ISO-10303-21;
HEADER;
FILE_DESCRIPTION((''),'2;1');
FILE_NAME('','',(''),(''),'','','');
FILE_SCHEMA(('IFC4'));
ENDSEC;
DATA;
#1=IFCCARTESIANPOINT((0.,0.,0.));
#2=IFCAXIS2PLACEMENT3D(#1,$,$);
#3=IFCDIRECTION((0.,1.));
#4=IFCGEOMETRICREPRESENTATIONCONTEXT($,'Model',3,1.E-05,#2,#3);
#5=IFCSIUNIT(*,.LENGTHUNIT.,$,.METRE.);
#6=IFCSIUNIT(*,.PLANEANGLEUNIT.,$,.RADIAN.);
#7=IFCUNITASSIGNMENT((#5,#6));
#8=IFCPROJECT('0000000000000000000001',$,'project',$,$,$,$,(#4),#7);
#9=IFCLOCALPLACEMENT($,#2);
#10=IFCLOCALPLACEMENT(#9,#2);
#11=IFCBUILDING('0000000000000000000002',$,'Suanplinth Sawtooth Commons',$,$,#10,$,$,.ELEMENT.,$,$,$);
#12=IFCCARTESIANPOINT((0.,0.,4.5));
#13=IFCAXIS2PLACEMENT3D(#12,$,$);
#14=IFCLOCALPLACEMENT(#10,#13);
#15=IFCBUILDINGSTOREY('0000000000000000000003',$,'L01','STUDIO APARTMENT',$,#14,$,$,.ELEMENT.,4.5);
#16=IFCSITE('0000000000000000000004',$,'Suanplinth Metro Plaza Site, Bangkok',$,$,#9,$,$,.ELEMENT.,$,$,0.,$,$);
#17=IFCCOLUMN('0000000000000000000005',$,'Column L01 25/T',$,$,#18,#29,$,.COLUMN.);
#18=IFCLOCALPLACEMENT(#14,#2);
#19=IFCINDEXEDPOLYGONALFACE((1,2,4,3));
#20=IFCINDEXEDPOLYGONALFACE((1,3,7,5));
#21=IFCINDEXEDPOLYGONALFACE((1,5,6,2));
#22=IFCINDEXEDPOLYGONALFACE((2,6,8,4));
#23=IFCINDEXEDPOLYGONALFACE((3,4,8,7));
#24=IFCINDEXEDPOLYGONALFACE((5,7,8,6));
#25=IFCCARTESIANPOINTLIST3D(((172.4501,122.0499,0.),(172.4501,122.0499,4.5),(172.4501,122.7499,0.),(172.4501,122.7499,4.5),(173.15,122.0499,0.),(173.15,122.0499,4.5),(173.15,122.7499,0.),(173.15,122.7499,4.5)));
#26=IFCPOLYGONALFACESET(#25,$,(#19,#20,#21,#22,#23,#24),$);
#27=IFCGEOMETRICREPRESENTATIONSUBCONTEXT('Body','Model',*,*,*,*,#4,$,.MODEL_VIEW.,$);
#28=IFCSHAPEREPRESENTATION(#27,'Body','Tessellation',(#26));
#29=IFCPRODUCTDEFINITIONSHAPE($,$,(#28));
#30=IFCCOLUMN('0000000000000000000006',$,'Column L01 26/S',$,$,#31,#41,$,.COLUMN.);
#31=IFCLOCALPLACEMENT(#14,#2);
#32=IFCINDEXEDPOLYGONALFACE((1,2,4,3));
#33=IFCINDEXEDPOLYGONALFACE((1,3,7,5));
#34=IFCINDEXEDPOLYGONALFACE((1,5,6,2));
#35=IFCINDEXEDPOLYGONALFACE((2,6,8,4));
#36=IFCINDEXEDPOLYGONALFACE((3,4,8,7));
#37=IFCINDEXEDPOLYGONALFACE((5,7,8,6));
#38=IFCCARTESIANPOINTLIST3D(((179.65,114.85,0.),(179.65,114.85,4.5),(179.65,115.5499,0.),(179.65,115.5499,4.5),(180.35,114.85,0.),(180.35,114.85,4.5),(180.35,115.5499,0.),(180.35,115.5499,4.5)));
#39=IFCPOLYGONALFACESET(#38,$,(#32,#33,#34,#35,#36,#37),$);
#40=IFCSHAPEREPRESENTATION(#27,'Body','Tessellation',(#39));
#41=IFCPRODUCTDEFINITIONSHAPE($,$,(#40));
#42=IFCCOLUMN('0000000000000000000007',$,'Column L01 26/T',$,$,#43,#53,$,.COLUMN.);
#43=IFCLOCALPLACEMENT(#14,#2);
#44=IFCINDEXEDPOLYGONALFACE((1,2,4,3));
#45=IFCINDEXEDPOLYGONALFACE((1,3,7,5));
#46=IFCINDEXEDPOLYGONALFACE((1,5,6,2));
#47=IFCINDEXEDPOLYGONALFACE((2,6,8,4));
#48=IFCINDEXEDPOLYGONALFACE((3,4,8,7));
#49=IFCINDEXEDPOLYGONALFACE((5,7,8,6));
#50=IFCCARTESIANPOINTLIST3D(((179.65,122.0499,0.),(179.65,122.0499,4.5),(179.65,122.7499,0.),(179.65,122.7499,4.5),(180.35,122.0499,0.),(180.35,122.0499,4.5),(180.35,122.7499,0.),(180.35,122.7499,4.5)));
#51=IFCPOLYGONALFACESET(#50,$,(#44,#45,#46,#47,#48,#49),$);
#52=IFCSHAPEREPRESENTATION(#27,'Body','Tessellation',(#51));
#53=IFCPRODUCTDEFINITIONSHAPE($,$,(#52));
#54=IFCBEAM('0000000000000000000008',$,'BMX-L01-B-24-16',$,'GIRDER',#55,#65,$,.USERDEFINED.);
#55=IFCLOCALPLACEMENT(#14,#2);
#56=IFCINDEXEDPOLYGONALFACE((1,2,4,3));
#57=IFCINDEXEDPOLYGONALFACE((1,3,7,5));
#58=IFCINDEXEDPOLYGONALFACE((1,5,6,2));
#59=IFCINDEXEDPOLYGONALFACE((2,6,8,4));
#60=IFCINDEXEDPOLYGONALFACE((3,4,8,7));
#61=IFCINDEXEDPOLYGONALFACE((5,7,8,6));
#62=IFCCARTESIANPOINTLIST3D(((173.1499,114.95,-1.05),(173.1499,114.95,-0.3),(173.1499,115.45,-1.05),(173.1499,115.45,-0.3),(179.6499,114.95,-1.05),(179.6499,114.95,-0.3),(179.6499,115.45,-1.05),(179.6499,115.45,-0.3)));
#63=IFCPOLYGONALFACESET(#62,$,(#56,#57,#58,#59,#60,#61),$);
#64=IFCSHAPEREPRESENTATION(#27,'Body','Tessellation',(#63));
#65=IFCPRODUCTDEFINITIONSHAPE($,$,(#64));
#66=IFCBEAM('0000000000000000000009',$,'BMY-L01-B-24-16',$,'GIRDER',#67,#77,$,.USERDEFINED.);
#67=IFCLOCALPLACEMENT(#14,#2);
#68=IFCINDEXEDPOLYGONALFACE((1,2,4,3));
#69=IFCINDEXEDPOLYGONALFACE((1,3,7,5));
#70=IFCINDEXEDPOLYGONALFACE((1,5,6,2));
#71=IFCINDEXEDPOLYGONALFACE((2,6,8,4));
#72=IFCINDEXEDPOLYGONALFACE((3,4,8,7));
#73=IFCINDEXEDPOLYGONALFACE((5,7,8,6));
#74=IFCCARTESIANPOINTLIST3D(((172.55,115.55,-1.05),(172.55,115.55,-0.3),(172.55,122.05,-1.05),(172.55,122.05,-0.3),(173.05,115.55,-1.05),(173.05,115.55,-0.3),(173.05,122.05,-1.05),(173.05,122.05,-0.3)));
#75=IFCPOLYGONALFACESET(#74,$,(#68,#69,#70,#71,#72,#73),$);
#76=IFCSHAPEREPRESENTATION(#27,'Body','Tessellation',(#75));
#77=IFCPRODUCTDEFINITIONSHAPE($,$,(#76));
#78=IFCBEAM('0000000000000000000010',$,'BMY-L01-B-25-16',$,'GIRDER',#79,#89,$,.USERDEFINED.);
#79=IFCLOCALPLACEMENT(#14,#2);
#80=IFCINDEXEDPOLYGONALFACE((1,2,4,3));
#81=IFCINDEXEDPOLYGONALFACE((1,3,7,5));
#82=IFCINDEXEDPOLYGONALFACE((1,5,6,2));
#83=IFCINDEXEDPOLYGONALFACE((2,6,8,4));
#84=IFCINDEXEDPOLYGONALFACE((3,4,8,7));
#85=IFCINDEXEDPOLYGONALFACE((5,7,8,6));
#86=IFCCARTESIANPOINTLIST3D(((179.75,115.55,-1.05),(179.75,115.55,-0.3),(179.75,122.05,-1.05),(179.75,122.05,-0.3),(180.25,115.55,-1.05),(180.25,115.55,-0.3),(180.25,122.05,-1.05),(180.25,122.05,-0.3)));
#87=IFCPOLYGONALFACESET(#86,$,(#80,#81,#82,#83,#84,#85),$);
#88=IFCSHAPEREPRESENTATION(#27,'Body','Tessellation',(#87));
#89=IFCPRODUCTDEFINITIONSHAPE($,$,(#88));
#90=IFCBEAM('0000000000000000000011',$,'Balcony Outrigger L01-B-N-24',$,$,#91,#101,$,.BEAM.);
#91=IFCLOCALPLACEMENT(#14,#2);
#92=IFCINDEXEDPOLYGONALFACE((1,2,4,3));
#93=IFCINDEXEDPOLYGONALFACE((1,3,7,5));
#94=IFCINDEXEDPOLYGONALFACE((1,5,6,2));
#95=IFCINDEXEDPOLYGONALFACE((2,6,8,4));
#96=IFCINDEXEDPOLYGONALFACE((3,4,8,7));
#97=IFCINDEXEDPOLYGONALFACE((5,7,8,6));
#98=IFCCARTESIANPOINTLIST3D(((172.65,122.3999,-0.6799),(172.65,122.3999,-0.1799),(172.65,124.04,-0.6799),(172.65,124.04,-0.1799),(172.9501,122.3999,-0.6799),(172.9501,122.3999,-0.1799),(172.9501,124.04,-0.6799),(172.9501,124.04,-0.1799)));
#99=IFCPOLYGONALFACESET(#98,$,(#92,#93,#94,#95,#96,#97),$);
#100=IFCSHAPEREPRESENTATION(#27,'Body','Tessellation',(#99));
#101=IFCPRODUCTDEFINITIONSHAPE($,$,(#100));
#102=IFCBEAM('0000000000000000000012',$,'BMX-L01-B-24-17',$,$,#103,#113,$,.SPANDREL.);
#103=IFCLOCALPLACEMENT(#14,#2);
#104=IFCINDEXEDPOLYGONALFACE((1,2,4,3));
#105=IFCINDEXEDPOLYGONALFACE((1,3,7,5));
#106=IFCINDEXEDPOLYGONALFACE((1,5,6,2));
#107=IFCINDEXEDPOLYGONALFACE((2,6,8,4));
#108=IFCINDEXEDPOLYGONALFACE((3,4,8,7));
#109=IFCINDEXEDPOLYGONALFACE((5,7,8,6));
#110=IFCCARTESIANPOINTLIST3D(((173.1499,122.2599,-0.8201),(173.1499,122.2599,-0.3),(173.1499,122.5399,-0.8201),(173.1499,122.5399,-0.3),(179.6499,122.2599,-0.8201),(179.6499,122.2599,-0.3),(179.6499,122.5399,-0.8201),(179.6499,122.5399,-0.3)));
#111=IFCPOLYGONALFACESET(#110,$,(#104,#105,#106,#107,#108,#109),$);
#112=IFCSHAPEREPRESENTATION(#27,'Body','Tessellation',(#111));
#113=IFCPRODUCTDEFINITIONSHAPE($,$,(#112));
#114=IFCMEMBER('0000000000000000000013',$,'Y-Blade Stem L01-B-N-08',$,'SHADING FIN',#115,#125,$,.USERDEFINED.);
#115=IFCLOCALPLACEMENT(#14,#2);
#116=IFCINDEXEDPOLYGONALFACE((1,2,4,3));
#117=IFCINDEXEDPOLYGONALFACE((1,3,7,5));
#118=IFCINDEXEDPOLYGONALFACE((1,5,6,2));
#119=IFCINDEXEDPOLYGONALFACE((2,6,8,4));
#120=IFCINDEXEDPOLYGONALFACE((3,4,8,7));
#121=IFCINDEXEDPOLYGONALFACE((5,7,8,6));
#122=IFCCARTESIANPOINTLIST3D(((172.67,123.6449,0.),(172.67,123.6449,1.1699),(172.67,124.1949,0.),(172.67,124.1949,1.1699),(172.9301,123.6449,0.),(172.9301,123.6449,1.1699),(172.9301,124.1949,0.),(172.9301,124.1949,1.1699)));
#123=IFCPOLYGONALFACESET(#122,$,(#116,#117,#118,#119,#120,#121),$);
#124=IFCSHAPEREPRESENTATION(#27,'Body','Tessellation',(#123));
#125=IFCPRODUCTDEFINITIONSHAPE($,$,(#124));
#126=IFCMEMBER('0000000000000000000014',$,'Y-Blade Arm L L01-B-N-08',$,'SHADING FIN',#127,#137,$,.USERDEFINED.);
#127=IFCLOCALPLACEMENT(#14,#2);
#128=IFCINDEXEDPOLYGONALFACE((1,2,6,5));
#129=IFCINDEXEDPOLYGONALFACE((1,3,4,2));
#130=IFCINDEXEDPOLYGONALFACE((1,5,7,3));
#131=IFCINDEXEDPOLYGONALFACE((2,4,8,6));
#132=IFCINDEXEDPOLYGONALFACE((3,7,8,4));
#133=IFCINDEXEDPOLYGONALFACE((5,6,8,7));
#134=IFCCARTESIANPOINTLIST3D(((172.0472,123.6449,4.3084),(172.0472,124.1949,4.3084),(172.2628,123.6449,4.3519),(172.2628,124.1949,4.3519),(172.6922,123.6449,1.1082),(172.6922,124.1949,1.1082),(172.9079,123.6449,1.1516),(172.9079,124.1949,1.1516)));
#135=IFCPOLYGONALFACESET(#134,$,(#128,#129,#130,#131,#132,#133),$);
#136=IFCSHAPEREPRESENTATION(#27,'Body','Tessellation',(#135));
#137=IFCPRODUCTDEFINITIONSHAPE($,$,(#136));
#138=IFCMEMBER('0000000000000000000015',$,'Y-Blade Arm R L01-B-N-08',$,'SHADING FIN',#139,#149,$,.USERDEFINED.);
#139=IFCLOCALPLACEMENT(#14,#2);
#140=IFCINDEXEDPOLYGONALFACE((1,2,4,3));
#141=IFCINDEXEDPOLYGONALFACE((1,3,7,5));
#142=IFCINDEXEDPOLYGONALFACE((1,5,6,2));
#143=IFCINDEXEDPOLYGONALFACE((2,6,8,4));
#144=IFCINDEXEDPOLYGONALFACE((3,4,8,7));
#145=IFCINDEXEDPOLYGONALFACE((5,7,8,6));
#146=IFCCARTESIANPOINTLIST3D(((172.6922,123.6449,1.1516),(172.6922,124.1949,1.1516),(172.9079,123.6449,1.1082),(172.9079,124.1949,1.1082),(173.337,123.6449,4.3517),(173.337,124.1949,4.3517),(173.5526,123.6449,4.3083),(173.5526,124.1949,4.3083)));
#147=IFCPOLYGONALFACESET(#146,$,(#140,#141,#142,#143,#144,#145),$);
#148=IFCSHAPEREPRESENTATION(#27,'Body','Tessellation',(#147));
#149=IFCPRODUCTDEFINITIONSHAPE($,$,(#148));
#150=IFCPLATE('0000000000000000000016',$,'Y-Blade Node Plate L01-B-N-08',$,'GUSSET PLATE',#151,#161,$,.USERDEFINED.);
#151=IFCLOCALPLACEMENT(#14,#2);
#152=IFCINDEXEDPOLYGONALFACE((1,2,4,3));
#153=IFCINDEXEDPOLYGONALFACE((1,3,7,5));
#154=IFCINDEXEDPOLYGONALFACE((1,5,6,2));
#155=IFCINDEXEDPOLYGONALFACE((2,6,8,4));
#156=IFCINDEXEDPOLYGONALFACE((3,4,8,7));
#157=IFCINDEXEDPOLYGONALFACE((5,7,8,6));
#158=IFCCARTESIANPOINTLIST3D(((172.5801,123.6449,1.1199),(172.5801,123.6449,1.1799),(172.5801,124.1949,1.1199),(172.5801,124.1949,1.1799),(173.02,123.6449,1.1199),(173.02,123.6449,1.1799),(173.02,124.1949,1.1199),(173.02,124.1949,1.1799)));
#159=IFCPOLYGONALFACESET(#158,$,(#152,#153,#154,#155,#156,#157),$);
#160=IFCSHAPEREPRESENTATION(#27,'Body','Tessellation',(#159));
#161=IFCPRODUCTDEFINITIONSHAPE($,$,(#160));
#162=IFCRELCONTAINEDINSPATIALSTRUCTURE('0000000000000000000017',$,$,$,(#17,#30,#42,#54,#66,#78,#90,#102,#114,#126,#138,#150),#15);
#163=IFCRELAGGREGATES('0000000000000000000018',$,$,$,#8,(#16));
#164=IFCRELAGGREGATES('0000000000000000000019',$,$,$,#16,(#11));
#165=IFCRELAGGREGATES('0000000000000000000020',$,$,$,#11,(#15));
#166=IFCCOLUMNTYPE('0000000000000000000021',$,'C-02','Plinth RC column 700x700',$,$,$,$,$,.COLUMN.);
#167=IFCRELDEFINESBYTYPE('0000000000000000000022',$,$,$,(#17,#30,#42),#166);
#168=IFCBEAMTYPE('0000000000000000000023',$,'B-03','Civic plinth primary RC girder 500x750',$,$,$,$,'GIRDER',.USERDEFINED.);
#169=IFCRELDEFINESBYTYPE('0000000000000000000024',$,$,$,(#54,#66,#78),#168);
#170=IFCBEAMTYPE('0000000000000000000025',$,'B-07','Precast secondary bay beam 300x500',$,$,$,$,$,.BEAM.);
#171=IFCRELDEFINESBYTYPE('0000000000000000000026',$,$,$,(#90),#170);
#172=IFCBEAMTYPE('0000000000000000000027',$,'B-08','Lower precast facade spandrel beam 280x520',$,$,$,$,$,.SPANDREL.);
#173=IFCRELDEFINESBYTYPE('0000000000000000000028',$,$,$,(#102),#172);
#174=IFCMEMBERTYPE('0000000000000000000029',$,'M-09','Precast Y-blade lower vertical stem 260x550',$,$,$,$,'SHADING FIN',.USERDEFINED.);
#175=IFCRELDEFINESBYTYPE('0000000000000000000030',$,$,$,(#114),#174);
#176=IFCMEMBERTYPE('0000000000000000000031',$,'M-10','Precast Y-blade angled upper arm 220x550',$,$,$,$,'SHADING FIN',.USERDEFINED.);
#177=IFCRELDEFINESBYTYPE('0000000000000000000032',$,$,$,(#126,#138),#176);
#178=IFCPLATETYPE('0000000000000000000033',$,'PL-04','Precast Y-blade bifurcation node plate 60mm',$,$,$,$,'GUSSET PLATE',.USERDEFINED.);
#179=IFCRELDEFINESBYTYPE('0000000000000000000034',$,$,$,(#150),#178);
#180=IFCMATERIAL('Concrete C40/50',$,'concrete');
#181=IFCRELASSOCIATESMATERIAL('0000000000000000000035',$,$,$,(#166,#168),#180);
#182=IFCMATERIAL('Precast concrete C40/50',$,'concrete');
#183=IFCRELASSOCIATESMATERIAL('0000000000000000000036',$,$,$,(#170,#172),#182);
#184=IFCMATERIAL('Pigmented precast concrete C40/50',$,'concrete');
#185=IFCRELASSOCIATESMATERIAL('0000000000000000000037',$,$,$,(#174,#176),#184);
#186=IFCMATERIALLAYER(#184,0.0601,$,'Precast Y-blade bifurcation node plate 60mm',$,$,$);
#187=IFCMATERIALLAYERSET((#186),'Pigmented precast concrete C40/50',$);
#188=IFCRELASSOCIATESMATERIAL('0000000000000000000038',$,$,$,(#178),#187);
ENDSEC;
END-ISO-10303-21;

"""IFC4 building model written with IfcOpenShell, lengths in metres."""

from ifc_helpers import new_model, si_unit, direction, frame, origin, origin_2d, place, context, subcontext, project, spatial, rectangle, extrude, material, layer, layer_set, material_profile, profile_set, type_object, element, save


model = new_model("IFC4")

# Units and contexts
model_context = context("Model", 3, precision=1e-05, world=origin(), true_north=direction((0.0, 1.0)))
body_context = subcontext(model_context, "Body", "Model", "MODEL_VIEW")
ifc_project = project(units=[si_unit("LENGTHUNIT", "METRE"), si_unit("PLANEANGLEUNIT", "RADIAN")], contexts=[model_context])

# Site, building, storey
site_placement = place(None, origin())
site = spatial("IfcSite", under=ifc_project, at=site_placement, Name="Suanplinth Metro Plaza Site, Bangkok", CompositionType="ELEMENT", RefElevation=0.0)
building_placement = place(site_placement, origin())
building = spatial("IfcBuilding", under=site, at=building_placement, Name="Suanplinth Sawtooth Commons", CompositionType="ELEMENT")
storey_placement = place(building_placement, frame((0.0, 0.0, 4.5)))
storey = spatial("IfcBuildingStorey", under=building, at=storey_placement, Name="L01", Description="STUDIO APARTMENT", CompositionType="ELEMENT", Elevation=4.5)

# Columns
ifc_material_1 = material(Name="Concrete C40/50", Category="concrete")
ifc_material_profile_1 = material_profile(ifc_material_1, rectangle(XDim=0.7, YDim=0.7, at=origin_2d()), Name="RC-COL 700x700")
ifc_profile_set_1 = profile_set([ifc_material_profile_1], Name="Concrete C40/50")
column_type = type_object("IfcColumnType", Name="C-02", Description="Plinth RC column 700x700", PredefinedType="COLUMN", material=ifc_profile_set_1)
for number, where, z_axis, x_axis, name in (
    (1, (172.8, 122.3999, 0.0), (0.0, 0.0, 1.0), (1.0, 0.0, 0.0), "Column L01 25/T"),
    (2, (180.0, 115.2, 0.0), (0.0, 0.0, 1.0), (1.0, 0.0, 0.0), "Column L01 26/S"),
    (3, (180.0, 122.3999, 0.0), (0.0, 0.0, 1.0), (1.0, 0.0, 0.0), "Column L01 26/T"),
):
    element("IfcColumn", number, at=place(storey_placement, frame(where, z_axis=z_axis, x_axis=x_axis)), inside=storey, type_object=column_type, Name=name, PredefinedType="COLUMN", context=body_context, shape_type="SweptSolid", body=[
        extrude(rectangle(XDim=0.7, YDim=0.7, at=origin_2d()), origin(), (0.0, 0.0, 1.0), 4.5),
    ])

# Beams
ifc_material_profile_2 = material_profile(ifc_material_1, rectangle(XDim=0.5, YDim=0.75, at=origin_2d()), Name="RC-GDR 500x750")
ifc_profile_set_2 = profile_set([ifc_material_profile_2], Name="Concrete C40/50")
beam_type_1 = type_object("IfcBeamType", Name="B-03", Description="Civic plinth primary RC girder 500x750", ElementType="GIRDER", PredefinedType="USERDEFINED", material=ifc_profile_set_2)
for number, where, z_axis, x_axis, name in (
    (4, (173.1499, 115.2, -0.675), (1.0, 0.0, 0.0), (0.0, 1.0, 0.0), "BMX-L01-B-24-16"),
    (5, (172.8, 115.55, -0.675), (0.0, 1.0, 0.0), (-1.0, 0.0, 0.0), "BMY-L01-B-24-16"),
    (6, (180.0, 115.55, -0.675), (0.0, 1.0, 0.0), (-1.0, 0.0, 0.0), "BMY-L01-B-25-16"),
):
    element("IfcBeam", number, at=place(storey_placement, frame(where, z_axis=z_axis, x_axis=x_axis)), inside=storey, type_object=beam_type_1, Name=name, ObjectType="GIRDER", PredefinedType="USERDEFINED", context=body_context, shape_type="SweptSolid", body=[
        extrude(rectangle(XDim=0.5, YDim=0.75, at=origin_2d()), origin(), (0.0, 0.0, 1.0), 6.5),
    ])
ifc_material_2 = material(Name="Precast concrete C40/50", Category="concrete")
ifc_material_profile_3 = material_profile(ifc_material_2, rectangle(XDim=0.3, YDim=0.5, at=origin_2d()), Name="PC-BM 300x500")
ifc_profile_set_3 = profile_set([ifc_material_profile_3], Name="Precast concrete C40/50")
beam_type_2 = type_object("IfcBeamType", Name="B-07", Description="Precast secondary bay beam 300x500", PredefinedType="BEAM", material=ifc_profile_set_3)
beam_1_placement = place(storey_placement, frame((172.8, 122.3999, -0.4299), z_axis=(0.0, 1.0, 0.0), x_axis=(-1.0, 0.0, 0.0)))
element("IfcBeam", 7, at=beam_1_placement, inside=storey, type_object=beam_type_2, Name="Balcony Outrigger L01-B-N-24", PredefinedType="BEAM", context=body_context, shape_type="SweptSolid", body=[
    extrude(rectangle(XDim=0.3, YDim=0.5, at=origin_2d()), origin(), (0.0, 0.0, 1.0), 1.6401),
])
ifc_material_profile_4 = material_profile(ifc_material_2, rectangle(XDim=0.28, YDim=0.52, at=origin_2d()), Name="PC-SP 280x520")
ifc_profile_set_4 = profile_set([ifc_material_profile_4], Name="Precast concrete C40/50")
beam_type_3 = type_object("IfcBeamType", Name="B-08", Description="Lower precast facade spandrel beam 280x520", PredefinedType="SPANDREL", material=ifc_profile_set_4)
beam_2_placement = place(storey_placement, frame((173.1499, 122.3999, -0.5601), z_axis=(1.0, 0.0, 0.0), x_axis=(0.0, 1.0, 0.0)))
element("IfcBeam", 8, at=beam_2_placement, inside=storey, type_object=beam_type_3, Name="BMX-L01-B-24-17", PredefinedType="SPANDREL", context=body_context, shape_type="SweptSolid", body=[
    extrude(rectangle(XDim=0.28, YDim=0.52, at=origin_2d()), origin(), (0.0, 0.0, 1.0), 6.5),
])

# Members
ifc_material_3 = material(Name="Pigmented precast concrete C40/50", Category="concrete")
ifc_material_profile_5 = material_profile(ifc_material_3, rectangle(XDim=0.26, YDim=0.55, at=origin_2d()), Name="PC-FIN 260x550")
ifc_profile_set_5 = profile_set([ifc_material_profile_5], Name="Pigmented precast concrete C40/50")
member_type_1 = type_object("IfcMemberType", Name="M-09", Description="Precast Y-blade lower vertical stem 260x550", ElementType="SHADING FIN", PredefinedType="USERDEFINED", material=ifc_profile_set_5)
member_1_placement = place(storey_placement, frame((172.8, 123.9199, 0.0), z_axis=(0.0, 0.0, 1.0), x_axis=(1.0, 0.0, 0.0)))
element("IfcMember", 9, at=member_1_placement, inside=storey, type_object=member_type_1, Name="Y-Blade Stem L01-B-N-08", ObjectType="SHADING FIN", PredefinedType="USERDEFINED", context=body_context, shape_type="SweptSolid", body=[
    extrude(rectangle(XDim=0.26, YDim=0.55, at=origin_2d()), origin(), (0.0, 0.0, 1.0), 1.1699),
])
ifc_material_profile_6 = material_profile(ifc_material_3, rectangle(XDim=0.22, YDim=0.55, at=origin_2d()), Name="PC-FIN 220x550")
ifc_profile_set_6 = profile_set([ifc_material_profile_6], Name="Pigmented precast concrete C40/50")
member_type_2 = type_object("IfcMemberType", Name="M-10", Description="Precast Y-blade angled upper arm 220x550", ElementType="SHADING FIN", PredefinedType="USERDEFINED", material=ifc_profile_set_6)
member_2_placement = place(storey_placement, frame((172.8, 123.9199, 1.1299), z_axis=(-0.197583, 0.0, 0.980286), x_axis=(0.980286, 0.0, 0.197583)))
element("IfcMember", 10, at=member_2_placement, inside=storey, type_object=member_type_2, Name="Y-Blade Arm L L01-B-N-08", ObjectType="SHADING FIN", PredefinedType="USERDEFINED", context=body_context, shape_type="SweptSolid", body=[
    extrude(rectangle(XDim=0.22, YDim=0.55, at=origin_2d()), origin(), (0.0, 0.0, 1.0), 3.2646),
])
member_3_placement = place(storey_placement, frame((172.8, 123.9199, 1.1299), z_axis=(0.197511, 0.0, 0.980301), x_axis=(-0.980301, 0.0, 0.197511)))
element("IfcMember", 11, at=member_3_placement, inside=storey, type_object=member_type_2, Name="Y-Blade Arm R L01-B-N-08", ObjectType="SHADING FIN", PredefinedType="USERDEFINED", context=body_context, shape_type="SweptSolid", body=[
    extrude(rectangle(XDim=0.22, YDim=0.55, at=origin_2d()), origin(), (0.0, 0.0, 1.0), 3.2644),
])

# Plate
ifc_layer_1 = layer(ifc_material_3, 0.0601, Name="Precast Y-blade bifurcation node plate 60mm")
ifc_layer_set_1 = layer_set([ifc_layer_1], Name="Pigmented precast concrete C40/50")
plate_type = type_object("IfcPlateType", Name="PL-04", Description="Precast Y-blade bifurcation node plate 60mm", ElementType="GUSSET PLATE", PredefinedType="USERDEFINED", material=ifc_layer_set_1)
plate_placement = place(storey_placement, frame((172.8, 123.9199, 1.1199), z_axis=(0.0, 0.0, 1.0), x_axis=(1.0, 0.0, 0.0)))
element("IfcPlate", 12, at=plate_placement, inside=storey, type_object=plate_type, Name="Y-Blade Node Plate L01-B-N-08", ObjectType="GUSSET PLATE", PredefinedType="USERDEFINED", context=body_context, shape_type="SweptSolid", body=[
    extrude(rectangle(XDim=0.4399, YDim=0.55, at=origin_2d()), origin(), (0.0, 0.0, 1.0), 0.0601),
])

save(model, "model.ifc")
